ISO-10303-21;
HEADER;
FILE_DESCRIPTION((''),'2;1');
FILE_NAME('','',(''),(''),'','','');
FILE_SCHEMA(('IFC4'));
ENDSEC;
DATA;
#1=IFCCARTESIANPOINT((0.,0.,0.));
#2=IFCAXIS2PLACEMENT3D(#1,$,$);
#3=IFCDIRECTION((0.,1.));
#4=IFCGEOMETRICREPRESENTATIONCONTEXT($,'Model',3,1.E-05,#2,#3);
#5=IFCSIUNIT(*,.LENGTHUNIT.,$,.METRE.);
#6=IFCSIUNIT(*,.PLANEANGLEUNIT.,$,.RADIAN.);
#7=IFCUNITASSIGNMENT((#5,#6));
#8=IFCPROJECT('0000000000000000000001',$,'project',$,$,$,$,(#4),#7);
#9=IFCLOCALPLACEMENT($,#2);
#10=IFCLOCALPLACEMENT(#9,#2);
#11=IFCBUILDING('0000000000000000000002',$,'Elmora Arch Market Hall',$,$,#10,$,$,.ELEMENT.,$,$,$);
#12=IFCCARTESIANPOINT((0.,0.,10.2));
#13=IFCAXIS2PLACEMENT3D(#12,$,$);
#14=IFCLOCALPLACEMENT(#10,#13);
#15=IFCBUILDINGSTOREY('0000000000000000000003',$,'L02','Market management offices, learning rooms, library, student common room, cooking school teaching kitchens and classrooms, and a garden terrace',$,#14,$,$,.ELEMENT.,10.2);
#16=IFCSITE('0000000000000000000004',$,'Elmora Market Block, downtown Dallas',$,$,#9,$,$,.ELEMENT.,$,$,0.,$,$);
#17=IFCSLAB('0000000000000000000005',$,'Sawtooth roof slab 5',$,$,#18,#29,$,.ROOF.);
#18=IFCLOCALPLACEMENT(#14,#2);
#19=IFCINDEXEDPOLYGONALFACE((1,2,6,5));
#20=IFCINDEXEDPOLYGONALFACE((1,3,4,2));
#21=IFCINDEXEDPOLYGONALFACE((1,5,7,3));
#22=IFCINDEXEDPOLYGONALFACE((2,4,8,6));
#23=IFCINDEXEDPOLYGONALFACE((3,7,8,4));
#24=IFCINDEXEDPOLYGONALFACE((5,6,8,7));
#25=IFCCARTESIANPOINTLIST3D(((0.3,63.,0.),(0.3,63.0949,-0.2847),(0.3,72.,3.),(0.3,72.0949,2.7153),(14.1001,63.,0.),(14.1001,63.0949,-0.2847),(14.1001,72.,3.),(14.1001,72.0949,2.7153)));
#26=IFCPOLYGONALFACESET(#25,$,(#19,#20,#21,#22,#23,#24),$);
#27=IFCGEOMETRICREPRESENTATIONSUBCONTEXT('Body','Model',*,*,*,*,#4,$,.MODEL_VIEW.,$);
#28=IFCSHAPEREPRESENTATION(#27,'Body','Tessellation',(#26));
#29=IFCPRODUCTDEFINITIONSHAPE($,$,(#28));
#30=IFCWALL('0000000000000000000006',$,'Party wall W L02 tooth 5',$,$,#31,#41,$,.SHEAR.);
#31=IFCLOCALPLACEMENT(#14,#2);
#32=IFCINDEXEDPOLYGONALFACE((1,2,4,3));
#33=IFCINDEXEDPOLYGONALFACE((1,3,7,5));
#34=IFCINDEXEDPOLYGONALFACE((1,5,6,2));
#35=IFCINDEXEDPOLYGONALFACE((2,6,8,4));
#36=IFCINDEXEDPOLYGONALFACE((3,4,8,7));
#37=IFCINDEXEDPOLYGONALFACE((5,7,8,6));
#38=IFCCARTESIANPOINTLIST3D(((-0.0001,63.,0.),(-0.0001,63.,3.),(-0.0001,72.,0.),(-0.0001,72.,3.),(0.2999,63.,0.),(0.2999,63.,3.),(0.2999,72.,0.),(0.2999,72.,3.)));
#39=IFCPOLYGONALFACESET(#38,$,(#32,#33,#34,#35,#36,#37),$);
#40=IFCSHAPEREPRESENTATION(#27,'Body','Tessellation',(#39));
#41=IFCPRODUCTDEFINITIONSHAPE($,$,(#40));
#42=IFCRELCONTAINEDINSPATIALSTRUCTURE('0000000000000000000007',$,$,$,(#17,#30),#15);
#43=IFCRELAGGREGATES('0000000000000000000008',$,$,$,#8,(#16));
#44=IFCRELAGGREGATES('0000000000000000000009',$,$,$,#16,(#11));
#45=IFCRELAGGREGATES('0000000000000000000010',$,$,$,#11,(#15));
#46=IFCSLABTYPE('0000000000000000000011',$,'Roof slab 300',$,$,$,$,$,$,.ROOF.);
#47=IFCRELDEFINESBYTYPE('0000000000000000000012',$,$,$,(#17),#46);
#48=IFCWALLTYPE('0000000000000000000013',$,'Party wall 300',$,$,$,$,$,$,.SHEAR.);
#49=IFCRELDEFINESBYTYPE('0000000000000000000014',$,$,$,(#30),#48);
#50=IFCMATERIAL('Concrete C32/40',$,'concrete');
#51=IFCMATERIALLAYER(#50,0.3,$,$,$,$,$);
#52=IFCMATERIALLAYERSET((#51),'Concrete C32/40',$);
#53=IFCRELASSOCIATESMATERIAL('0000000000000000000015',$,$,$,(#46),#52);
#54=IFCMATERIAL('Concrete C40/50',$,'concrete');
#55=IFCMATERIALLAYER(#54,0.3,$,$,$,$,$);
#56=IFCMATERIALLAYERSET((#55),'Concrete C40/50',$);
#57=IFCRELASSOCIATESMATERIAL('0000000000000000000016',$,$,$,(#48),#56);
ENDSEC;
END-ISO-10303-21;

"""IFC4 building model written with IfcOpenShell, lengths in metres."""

from ifc_helpers import new_model, si_unit, direction, frame, frame_2d, origin, place, context, subcontext, project, spatial, polyline, rectangle, outline, extrude, material, layer, layer_set, type_object, element, save


model = new_model("IFC4")

# Units and contexts
model_context = context("Model", 3, precision=1e-05, world=origin(), true_north=direction((0.0, 1.0)))
body_context = subcontext(model_context, "Body", "Model", "MODEL_VIEW")
ifc_project = project(units=[si_unit("LENGTHUNIT", "METRE"), si_unit("PLANEANGLEUNIT", "RADIAN")], contexts=[model_context])

# Site, building, storey
site_placement = place(None, origin())
site = spatial("IfcSite", under=ifc_project, at=site_placement, Name="Elmora Market Block, downtown Dallas", CompositionType="ELEMENT", RefElevation=0.0)
building_placement = place(site_placement, origin())
building = spatial("IfcBuilding", under=site, at=building_placement, Name="Elmora Arch Market Hall", CompositionType="ELEMENT")
storey_placement = place(building_placement, frame((0.0, 0.0, 10.2)))
storey = spatial("IfcBuildingStorey", under=building, at=storey_placement, Name="L02", Description="Market management offices, learning rooms, library, student common room, cooking school teaching kitchens and classrooms, and a garden terrace", CompositionType="ELEMENT", Elevation=10.2)

# Slab
ifc_material_1 = material(Name="Concrete C32/40", Category="concrete")
ifc_layer_1 = layer(ifc_material_1, 0.3)
ifc_layer_set_1 = layer_set([ifc_layer_1], Name="Concrete C32/40")
slab_type = type_object("IfcSlabType", Name="Roof slab 300", PredefinedType="ROOF", material=ifc_layer_set_1)
slab_placement = place(storey_placement, frame((0.3, 63.0, 0.0), z_axis=(0.0, -0.316228, 0.948683), x_axis=(1.0, 0.0, 0.0)))
element("IfcSlab", 1, at=slab_placement, inside=storey, type_object=slab_type, Name="Sawtooth roof slab 5", PredefinedType="ROOF", context=body_context, shape_type="SweptSolid", body=[
    extrude(outline(polyline([(0.0, 0.0), (13.8, 0.0), (13.8, 9.4868), (0.0, 9.4868), (0.0, 0.0)])), origin(), (0.0, 0.0, -1.0), 0.3),
])

# Wall
ifc_material_2 = material(Name="Concrete C40/50", Category="concrete")
ifc_layer_2 = layer(ifc_material_2, 0.3)
ifc_layer_set_2 = layer_set([ifc_layer_2], Name="Concrete C40/50")
wall_type = type_object("IfcWallType", Name="Party wall 300", PredefinedType="SHEAR", material=ifc_layer_set_2)
wall_placement = place(storey_placement, frame((0.1499, 63.0, 0.0), z_axis=(0.0, 0.0, 1.0), x_axis=(0.0, 1.0, 0.0)))
element("IfcWall", 2, at=wall_placement, inside=storey, type_object=wall_type, Name="Party wall W L02 tooth 5", PredefinedType="SHEAR", context=body_context, shape_type="SweptSolid", body=[
    extrude(rectangle(XDim=9.0, YDim=0.3, at=frame_2d((4.5, 0.0))), origin(), (0.0, 0.0, 1.0), 3.0),
])

save(model, "model.ifc")
